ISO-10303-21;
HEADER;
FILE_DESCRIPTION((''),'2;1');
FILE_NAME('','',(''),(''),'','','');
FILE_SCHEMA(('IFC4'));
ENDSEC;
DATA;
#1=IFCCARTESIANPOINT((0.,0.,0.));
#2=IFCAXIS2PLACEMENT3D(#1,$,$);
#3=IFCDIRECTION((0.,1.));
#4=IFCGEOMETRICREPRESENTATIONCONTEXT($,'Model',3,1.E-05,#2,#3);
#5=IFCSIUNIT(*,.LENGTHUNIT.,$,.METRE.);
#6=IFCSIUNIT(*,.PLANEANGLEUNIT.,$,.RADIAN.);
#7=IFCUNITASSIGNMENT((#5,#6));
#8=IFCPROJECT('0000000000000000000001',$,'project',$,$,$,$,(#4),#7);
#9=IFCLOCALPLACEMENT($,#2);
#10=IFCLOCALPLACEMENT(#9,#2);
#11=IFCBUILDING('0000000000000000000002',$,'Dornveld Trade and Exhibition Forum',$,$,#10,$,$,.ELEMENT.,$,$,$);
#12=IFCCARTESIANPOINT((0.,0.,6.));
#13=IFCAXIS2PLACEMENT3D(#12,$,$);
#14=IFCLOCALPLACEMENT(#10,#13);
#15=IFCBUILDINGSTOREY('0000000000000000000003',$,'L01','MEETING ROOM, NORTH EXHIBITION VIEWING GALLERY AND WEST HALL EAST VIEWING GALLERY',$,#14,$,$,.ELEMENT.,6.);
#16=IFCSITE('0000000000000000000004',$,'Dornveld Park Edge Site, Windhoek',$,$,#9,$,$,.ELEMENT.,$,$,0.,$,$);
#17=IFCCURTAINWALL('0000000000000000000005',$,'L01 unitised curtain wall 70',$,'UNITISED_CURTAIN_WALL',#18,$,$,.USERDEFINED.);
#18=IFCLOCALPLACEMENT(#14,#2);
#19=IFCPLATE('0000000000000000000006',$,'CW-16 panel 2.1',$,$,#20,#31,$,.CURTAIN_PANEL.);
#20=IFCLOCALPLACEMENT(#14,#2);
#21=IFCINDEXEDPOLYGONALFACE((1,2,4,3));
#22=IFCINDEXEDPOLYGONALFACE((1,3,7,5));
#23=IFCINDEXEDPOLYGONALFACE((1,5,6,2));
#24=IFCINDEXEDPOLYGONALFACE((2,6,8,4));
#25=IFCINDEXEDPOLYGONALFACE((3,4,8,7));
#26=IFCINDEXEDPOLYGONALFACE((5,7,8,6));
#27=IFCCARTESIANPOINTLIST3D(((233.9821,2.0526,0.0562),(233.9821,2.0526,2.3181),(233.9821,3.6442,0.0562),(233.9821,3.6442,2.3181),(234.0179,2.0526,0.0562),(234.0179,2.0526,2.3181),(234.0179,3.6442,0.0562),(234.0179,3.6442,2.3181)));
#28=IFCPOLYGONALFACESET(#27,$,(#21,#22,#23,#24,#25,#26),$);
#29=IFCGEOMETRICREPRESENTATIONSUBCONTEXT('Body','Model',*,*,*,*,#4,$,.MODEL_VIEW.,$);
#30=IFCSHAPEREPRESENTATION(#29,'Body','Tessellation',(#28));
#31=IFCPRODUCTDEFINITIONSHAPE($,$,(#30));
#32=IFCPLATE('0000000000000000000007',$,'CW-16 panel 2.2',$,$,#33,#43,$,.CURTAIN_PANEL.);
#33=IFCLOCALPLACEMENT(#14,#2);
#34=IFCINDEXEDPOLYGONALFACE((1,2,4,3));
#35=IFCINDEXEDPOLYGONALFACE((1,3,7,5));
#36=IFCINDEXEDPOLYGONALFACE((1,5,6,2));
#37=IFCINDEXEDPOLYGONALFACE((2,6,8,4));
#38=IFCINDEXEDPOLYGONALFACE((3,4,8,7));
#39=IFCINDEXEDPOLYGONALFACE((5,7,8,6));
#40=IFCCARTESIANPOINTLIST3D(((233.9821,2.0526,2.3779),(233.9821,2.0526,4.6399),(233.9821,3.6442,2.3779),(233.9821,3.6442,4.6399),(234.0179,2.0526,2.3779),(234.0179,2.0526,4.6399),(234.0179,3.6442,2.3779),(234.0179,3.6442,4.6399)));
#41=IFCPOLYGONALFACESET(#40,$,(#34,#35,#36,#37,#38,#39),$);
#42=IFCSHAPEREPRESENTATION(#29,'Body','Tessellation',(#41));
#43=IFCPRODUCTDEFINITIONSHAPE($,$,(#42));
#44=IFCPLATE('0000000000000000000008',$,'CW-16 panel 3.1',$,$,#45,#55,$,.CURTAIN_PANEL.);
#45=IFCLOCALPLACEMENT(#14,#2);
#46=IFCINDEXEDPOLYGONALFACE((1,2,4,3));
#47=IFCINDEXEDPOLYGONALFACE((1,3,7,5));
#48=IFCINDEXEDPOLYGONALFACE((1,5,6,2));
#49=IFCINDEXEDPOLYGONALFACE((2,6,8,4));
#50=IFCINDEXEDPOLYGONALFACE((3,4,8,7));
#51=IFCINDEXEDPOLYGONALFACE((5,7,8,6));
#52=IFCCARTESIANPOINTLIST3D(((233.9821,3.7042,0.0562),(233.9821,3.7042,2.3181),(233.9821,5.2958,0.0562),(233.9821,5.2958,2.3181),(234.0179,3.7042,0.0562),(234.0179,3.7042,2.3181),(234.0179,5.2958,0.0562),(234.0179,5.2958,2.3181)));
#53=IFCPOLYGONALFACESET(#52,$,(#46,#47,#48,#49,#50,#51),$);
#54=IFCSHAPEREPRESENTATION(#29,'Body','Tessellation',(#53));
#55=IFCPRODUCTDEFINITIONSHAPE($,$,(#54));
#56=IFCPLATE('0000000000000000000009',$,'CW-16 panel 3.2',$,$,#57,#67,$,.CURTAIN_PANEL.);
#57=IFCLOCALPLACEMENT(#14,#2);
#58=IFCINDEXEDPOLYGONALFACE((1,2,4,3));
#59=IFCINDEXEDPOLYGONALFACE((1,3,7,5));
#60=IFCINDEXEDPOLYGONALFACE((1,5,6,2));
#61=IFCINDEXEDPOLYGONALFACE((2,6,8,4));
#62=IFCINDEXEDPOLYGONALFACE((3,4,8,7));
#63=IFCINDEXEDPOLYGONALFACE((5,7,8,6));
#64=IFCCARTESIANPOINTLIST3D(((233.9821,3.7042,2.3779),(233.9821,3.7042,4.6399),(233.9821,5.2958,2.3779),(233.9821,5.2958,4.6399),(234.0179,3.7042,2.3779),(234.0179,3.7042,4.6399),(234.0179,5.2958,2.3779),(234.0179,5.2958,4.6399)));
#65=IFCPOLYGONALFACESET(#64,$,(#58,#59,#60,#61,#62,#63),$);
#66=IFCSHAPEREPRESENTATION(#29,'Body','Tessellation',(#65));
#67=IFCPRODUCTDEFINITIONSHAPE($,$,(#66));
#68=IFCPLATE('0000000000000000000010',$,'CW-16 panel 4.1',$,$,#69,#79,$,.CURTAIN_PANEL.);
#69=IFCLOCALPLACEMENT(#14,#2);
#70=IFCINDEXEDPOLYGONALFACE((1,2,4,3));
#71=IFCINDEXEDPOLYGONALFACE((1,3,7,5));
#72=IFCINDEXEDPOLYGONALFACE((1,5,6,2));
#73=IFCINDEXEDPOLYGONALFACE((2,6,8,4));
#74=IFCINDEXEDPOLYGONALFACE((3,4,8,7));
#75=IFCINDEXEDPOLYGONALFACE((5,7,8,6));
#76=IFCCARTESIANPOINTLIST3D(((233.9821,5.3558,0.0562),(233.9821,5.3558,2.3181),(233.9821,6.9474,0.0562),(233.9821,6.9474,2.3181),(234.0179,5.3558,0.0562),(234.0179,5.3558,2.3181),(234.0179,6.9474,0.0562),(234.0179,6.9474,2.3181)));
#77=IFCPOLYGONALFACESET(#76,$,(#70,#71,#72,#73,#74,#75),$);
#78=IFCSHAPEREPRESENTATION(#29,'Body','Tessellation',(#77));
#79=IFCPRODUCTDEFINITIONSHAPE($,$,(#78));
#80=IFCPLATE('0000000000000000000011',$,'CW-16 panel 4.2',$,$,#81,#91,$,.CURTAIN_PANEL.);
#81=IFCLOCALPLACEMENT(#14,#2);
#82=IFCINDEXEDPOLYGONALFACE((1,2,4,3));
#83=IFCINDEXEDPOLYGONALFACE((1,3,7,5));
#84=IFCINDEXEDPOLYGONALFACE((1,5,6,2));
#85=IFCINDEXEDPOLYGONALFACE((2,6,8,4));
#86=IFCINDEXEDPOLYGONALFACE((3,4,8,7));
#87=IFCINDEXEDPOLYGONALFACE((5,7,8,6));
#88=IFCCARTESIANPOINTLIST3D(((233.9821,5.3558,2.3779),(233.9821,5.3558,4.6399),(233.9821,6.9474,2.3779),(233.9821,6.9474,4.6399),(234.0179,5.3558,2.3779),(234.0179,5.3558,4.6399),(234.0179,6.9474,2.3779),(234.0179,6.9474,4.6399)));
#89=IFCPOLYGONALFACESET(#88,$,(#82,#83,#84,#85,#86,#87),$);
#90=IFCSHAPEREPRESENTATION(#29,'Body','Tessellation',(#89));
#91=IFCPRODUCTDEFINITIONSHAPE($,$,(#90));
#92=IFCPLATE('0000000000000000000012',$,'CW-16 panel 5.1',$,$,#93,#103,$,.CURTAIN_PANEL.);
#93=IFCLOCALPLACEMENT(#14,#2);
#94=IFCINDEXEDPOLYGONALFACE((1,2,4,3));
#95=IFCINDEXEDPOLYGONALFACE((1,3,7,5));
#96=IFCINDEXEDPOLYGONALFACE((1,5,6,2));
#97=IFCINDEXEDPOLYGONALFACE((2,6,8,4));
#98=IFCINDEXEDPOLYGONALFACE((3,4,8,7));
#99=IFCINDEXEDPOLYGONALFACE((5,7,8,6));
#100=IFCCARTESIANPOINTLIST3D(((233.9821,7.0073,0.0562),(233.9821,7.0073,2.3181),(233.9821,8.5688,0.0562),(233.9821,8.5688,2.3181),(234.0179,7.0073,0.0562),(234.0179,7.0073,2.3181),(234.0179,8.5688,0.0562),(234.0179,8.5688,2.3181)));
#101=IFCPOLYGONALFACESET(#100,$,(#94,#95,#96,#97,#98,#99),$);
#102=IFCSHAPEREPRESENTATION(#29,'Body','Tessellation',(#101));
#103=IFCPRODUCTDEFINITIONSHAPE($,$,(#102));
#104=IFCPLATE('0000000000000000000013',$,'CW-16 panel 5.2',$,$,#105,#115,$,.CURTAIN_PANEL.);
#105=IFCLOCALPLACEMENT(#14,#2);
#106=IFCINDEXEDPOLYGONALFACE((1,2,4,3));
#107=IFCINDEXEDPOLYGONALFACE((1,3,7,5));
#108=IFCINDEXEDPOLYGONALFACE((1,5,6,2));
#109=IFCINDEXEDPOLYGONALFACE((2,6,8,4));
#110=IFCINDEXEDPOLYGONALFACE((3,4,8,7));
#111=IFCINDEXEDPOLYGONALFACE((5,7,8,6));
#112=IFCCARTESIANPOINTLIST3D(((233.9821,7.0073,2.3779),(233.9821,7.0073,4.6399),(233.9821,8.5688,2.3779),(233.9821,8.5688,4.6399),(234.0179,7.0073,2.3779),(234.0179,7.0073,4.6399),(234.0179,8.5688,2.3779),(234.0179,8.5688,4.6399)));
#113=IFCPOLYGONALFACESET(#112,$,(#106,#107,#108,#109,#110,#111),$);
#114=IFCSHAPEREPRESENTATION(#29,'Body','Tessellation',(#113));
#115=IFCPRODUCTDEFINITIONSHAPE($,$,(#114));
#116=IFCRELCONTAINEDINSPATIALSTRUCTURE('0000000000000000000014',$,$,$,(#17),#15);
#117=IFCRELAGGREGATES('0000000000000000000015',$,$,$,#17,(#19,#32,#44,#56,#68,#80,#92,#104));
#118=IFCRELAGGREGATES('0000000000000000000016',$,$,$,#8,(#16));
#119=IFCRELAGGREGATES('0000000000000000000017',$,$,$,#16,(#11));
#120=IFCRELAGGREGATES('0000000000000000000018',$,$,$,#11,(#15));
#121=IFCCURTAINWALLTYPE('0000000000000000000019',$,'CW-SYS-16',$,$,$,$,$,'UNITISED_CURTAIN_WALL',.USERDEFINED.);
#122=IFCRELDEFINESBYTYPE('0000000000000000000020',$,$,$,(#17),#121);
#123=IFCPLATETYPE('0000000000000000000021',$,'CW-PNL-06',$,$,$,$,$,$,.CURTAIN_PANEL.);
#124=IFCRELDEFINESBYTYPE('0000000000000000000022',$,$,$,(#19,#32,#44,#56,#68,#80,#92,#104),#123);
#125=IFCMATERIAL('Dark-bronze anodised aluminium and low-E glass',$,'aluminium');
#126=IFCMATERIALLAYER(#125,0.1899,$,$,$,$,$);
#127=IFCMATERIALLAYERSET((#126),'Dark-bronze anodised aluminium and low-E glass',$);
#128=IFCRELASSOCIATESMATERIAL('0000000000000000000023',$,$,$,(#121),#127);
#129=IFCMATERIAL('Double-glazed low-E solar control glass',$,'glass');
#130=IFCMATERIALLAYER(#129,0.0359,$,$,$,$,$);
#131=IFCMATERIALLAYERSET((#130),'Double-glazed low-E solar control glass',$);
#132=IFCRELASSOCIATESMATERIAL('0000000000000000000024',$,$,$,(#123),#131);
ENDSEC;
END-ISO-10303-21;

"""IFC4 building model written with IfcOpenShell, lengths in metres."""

from ifc_helpers import new_model, si_unit, direction, frame, origin, origin_2d, place, context, subcontext, project, spatial, rectangle, extrude, material, layer, layer_set, type_object, element, aggregate, save


model = new_model("IFC4")

# Units and contexts
model_context = context("Model", 3, precision=1e-05, world=origin(), true_north=direction((0.0, 1.0)))
body_context = subcontext(model_context, "Body", "Model", "MODEL_VIEW")
ifc_project = project(units=[si_unit("LENGTHUNIT", "METRE"), si_unit("PLANEANGLEUNIT", "RADIAN")], contexts=[model_context])

# Site, building, storey
site_placement = place(None, origin())
site = spatial("IfcSite", under=ifc_project, at=site_placement, Name="Dornveld Park Edge Site, Windhoek", CompositionType="ELEMENT", RefElevation=0.0)
building_placement = place(site_placement, origin())
building = spatial("IfcBuilding", under=site, at=building_placement, Name="Dornveld Trade and Exhibition Forum", CompositionType="ELEMENT")
storey_placement = place(building_placement, frame((0.0, 0.0, 6.0)))
storey = spatial("IfcBuildingStorey", under=building, at=storey_placement, Name="L01", Description="MEETING ROOM, NORTH EXHIBITION VIEWING GALLERY AND WEST HALL EAST VIEWING GALLERY", CompositionType="ELEMENT", Elevation=6.0)

# Curtain wall
ifc_material_1 = material(Name="Dark-bronze anodised aluminium and low-E glass", Category="aluminium")
ifc_layer_1 = layer(ifc_material_1, 0.1899)
ifc_layer_set_1 = layer_set([ifc_layer_1], Name="Dark-bronze anodised aluminium and low-E glass")
curtain_wall_type_1 = type_object("IfcCurtainWallType", Name="CW-SYS-16", ElementType="UNITISED_CURTAIN_WALL", PredefinedType="USERDEFINED", material=ifc_layer_set_1)
curtain_wall_1_placement = place(storey_placement, origin())
curtain_wall_1 = element("IfcCurtainWall", 1, at=curtain_wall_1_placement, inside=storey, type_object=curtain_wall_type_1, Name="L01 unitised curtain wall 70", ObjectType="UNITISED_CURTAIN_WALL", PredefinedType="USERDEFINED")

# Plates
ifc_material_2 = material(Name="Double-glazed low-E solar control glass", Category="glass")
ifc_layer_2 = layer(ifc_material_2, 0.0359)
ifc_layer_set_2 = layer_set([ifc_layer_2], Name="Double-glazed low-E solar control glass")
plate_type = type_object("IfcPlateType", Name="CW-PNL-06", PredefinedType="CURTAIN_PANEL", material=ifc_layer_set_2)
plate_1_placement = place(storey_placement, frame((234.0, 2.8484, 0.0562), z_axis=(0.0, 0.0, 1.0), x_axis=(0.0, 1.0, 0.0)))
plate_1 = element("IfcPlate", 2, at=plate_1_placement, type_object=plate_type, Name="CW-16 panel 2.1", PredefinedType="CURTAIN_PANEL", context=body_context, shape_type="SweptSolid", body=[
    extrude(rectangle(XDim=1.5916, YDim=0.0359, at=origin_2d()), origin(), (0.0, 0.0, 1.0), 2.262),
])
plate_2_placement = place(storey_placement, frame((234.0, 2.8484, 2.3779), z_axis=(0.0, 0.0, 1.0), x_axis=(0.0, 1.0, 0.0)))
plate_2 = element("IfcPlate", 3, at=plate_2_placement, type_object=plate_type, Name="CW-16 panel 2.2", PredefinedType="CURTAIN_PANEL", context=body_context, shape_type="SweptSolid", body=[
    extrude(rectangle(XDim=1.5916, YDim=0.0359, at=origin_2d()), origin(), (0.0, 0.0, 1.0), 2.262),
])
plate_3_placement = place(storey_placement, frame((234.0, 4.5, 0.0562), z_axis=(0.0, 0.0, 1.0), x_axis=(0.0, 1.0, 0.0)))
plate_3 = element("IfcPlate", 4, at=plate_3_placement, type_object=plate_type, Name="CW-16 panel 3.1", PredefinedType="CURTAIN_PANEL", context=body_context, shape_type="SweptSolid", body=[
    extrude(rectangle(XDim=1.5916, YDim=0.0359, at=origin_2d()), origin(), (0.0, 0.0, 1.0), 2.262),
])
plate_4_placement = place(storey_placement, frame((234.0, 4.5, 2.3779), z_axis=(0.0, 0.0, 1.0), x_axis=(0.0, 1.0, 0.0)))
plate_4 = element("IfcPlate", 5, at=plate_4_placement, type_object=plate_type, Name="CW-16 panel 3.2", PredefinedType="CURTAIN_PANEL", context=body_context, shape_type="SweptSolid", body=[
    extrude(rectangle(XDim=1.5916, YDim=0.0359, at=origin_2d()), origin(), (0.0, 0.0, 1.0), 2.262),
])
plate_5_placement = place(storey_placement, frame((234.0, 6.1516, 0.0562), z_axis=(0.0, 0.0, 1.0), x_axis=(0.0, 1.0, 0.0)))
plate_5 = element("IfcPlate", 6, at=plate_5_placement, type_object=plate_type, Name="CW-16 panel 4.1", PredefinedType="CURTAIN_PANEL", context=body_context, shape_type="SweptSolid", body=[
    extrude(rectangle(XDim=1.5916, YDim=0.0359, at=origin_2d()), origin(), (0.0, 0.0, 1.0), 2.262),
])
plate_6_placement = place(storey_placement, frame((234.0, 6.1516, 2.3779), z_axis=(0.0, 0.0, 1.0), x_axis=(0.0, 1.0, 0.0)))
plate_6 = element("IfcPlate", 7, at=plate_6_placement, type_object=plate_type, Name="CW-16 panel 4.2", PredefinedType="CURTAIN_PANEL", context=body_context, shape_type="SweptSolid", body=[
    extrude(rectangle(XDim=1.5916, YDim=0.0359, at=origin_2d()), origin(), (0.0, 0.0, 1.0), 2.262),
])
plate_7_placement = place(storey_placement, frame((234.0, 7.7881, 0.0562), z_axis=(0.0, 0.0, 1.0), x_axis=(0.0, 1.0, 0.0)))
plate_7 = element("IfcPlate", 8, at=plate_7_placement, type_object=plate_type, Name="CW-16 panel 5.1", PredefinedType="CURTAIN_PANEL", context=body_context, shape_type="SweptSolid", body=[
    extrude(rectangle(XDim=1.5615, YDim=0.0359, at=origin_2d()), origin(), (0.0, 0.0, 1.0), 2.262),
])
plate_8_placement = place(storey_placement, frame((234.0, 7.7881, 2.3779), z_axis=(0.0, 0.0, 1.0), x_axis=(0.0, 1.0, 0.0)))
plate_8 = element("IfcPlate", 9, at=plate_8_placement, type_object=plate_type, Name="CW-16 panel 5.2", PredefinedType="CURTAIN_PANEL", context=body_context, shape_type="SweptSolid", body=[
    extrude(rectangle(XDim=1.5615, YDim=0.0359, at=origin_2d()), origin(), (0.0, 0.0, 1.0), 2.262),
])
aggregate(curtain_wall_1, [plate_1, plate_2, plate_3, plate_4, plate_5, plate_6, plate_7, plate_8])

save(model, "model.ifc")
